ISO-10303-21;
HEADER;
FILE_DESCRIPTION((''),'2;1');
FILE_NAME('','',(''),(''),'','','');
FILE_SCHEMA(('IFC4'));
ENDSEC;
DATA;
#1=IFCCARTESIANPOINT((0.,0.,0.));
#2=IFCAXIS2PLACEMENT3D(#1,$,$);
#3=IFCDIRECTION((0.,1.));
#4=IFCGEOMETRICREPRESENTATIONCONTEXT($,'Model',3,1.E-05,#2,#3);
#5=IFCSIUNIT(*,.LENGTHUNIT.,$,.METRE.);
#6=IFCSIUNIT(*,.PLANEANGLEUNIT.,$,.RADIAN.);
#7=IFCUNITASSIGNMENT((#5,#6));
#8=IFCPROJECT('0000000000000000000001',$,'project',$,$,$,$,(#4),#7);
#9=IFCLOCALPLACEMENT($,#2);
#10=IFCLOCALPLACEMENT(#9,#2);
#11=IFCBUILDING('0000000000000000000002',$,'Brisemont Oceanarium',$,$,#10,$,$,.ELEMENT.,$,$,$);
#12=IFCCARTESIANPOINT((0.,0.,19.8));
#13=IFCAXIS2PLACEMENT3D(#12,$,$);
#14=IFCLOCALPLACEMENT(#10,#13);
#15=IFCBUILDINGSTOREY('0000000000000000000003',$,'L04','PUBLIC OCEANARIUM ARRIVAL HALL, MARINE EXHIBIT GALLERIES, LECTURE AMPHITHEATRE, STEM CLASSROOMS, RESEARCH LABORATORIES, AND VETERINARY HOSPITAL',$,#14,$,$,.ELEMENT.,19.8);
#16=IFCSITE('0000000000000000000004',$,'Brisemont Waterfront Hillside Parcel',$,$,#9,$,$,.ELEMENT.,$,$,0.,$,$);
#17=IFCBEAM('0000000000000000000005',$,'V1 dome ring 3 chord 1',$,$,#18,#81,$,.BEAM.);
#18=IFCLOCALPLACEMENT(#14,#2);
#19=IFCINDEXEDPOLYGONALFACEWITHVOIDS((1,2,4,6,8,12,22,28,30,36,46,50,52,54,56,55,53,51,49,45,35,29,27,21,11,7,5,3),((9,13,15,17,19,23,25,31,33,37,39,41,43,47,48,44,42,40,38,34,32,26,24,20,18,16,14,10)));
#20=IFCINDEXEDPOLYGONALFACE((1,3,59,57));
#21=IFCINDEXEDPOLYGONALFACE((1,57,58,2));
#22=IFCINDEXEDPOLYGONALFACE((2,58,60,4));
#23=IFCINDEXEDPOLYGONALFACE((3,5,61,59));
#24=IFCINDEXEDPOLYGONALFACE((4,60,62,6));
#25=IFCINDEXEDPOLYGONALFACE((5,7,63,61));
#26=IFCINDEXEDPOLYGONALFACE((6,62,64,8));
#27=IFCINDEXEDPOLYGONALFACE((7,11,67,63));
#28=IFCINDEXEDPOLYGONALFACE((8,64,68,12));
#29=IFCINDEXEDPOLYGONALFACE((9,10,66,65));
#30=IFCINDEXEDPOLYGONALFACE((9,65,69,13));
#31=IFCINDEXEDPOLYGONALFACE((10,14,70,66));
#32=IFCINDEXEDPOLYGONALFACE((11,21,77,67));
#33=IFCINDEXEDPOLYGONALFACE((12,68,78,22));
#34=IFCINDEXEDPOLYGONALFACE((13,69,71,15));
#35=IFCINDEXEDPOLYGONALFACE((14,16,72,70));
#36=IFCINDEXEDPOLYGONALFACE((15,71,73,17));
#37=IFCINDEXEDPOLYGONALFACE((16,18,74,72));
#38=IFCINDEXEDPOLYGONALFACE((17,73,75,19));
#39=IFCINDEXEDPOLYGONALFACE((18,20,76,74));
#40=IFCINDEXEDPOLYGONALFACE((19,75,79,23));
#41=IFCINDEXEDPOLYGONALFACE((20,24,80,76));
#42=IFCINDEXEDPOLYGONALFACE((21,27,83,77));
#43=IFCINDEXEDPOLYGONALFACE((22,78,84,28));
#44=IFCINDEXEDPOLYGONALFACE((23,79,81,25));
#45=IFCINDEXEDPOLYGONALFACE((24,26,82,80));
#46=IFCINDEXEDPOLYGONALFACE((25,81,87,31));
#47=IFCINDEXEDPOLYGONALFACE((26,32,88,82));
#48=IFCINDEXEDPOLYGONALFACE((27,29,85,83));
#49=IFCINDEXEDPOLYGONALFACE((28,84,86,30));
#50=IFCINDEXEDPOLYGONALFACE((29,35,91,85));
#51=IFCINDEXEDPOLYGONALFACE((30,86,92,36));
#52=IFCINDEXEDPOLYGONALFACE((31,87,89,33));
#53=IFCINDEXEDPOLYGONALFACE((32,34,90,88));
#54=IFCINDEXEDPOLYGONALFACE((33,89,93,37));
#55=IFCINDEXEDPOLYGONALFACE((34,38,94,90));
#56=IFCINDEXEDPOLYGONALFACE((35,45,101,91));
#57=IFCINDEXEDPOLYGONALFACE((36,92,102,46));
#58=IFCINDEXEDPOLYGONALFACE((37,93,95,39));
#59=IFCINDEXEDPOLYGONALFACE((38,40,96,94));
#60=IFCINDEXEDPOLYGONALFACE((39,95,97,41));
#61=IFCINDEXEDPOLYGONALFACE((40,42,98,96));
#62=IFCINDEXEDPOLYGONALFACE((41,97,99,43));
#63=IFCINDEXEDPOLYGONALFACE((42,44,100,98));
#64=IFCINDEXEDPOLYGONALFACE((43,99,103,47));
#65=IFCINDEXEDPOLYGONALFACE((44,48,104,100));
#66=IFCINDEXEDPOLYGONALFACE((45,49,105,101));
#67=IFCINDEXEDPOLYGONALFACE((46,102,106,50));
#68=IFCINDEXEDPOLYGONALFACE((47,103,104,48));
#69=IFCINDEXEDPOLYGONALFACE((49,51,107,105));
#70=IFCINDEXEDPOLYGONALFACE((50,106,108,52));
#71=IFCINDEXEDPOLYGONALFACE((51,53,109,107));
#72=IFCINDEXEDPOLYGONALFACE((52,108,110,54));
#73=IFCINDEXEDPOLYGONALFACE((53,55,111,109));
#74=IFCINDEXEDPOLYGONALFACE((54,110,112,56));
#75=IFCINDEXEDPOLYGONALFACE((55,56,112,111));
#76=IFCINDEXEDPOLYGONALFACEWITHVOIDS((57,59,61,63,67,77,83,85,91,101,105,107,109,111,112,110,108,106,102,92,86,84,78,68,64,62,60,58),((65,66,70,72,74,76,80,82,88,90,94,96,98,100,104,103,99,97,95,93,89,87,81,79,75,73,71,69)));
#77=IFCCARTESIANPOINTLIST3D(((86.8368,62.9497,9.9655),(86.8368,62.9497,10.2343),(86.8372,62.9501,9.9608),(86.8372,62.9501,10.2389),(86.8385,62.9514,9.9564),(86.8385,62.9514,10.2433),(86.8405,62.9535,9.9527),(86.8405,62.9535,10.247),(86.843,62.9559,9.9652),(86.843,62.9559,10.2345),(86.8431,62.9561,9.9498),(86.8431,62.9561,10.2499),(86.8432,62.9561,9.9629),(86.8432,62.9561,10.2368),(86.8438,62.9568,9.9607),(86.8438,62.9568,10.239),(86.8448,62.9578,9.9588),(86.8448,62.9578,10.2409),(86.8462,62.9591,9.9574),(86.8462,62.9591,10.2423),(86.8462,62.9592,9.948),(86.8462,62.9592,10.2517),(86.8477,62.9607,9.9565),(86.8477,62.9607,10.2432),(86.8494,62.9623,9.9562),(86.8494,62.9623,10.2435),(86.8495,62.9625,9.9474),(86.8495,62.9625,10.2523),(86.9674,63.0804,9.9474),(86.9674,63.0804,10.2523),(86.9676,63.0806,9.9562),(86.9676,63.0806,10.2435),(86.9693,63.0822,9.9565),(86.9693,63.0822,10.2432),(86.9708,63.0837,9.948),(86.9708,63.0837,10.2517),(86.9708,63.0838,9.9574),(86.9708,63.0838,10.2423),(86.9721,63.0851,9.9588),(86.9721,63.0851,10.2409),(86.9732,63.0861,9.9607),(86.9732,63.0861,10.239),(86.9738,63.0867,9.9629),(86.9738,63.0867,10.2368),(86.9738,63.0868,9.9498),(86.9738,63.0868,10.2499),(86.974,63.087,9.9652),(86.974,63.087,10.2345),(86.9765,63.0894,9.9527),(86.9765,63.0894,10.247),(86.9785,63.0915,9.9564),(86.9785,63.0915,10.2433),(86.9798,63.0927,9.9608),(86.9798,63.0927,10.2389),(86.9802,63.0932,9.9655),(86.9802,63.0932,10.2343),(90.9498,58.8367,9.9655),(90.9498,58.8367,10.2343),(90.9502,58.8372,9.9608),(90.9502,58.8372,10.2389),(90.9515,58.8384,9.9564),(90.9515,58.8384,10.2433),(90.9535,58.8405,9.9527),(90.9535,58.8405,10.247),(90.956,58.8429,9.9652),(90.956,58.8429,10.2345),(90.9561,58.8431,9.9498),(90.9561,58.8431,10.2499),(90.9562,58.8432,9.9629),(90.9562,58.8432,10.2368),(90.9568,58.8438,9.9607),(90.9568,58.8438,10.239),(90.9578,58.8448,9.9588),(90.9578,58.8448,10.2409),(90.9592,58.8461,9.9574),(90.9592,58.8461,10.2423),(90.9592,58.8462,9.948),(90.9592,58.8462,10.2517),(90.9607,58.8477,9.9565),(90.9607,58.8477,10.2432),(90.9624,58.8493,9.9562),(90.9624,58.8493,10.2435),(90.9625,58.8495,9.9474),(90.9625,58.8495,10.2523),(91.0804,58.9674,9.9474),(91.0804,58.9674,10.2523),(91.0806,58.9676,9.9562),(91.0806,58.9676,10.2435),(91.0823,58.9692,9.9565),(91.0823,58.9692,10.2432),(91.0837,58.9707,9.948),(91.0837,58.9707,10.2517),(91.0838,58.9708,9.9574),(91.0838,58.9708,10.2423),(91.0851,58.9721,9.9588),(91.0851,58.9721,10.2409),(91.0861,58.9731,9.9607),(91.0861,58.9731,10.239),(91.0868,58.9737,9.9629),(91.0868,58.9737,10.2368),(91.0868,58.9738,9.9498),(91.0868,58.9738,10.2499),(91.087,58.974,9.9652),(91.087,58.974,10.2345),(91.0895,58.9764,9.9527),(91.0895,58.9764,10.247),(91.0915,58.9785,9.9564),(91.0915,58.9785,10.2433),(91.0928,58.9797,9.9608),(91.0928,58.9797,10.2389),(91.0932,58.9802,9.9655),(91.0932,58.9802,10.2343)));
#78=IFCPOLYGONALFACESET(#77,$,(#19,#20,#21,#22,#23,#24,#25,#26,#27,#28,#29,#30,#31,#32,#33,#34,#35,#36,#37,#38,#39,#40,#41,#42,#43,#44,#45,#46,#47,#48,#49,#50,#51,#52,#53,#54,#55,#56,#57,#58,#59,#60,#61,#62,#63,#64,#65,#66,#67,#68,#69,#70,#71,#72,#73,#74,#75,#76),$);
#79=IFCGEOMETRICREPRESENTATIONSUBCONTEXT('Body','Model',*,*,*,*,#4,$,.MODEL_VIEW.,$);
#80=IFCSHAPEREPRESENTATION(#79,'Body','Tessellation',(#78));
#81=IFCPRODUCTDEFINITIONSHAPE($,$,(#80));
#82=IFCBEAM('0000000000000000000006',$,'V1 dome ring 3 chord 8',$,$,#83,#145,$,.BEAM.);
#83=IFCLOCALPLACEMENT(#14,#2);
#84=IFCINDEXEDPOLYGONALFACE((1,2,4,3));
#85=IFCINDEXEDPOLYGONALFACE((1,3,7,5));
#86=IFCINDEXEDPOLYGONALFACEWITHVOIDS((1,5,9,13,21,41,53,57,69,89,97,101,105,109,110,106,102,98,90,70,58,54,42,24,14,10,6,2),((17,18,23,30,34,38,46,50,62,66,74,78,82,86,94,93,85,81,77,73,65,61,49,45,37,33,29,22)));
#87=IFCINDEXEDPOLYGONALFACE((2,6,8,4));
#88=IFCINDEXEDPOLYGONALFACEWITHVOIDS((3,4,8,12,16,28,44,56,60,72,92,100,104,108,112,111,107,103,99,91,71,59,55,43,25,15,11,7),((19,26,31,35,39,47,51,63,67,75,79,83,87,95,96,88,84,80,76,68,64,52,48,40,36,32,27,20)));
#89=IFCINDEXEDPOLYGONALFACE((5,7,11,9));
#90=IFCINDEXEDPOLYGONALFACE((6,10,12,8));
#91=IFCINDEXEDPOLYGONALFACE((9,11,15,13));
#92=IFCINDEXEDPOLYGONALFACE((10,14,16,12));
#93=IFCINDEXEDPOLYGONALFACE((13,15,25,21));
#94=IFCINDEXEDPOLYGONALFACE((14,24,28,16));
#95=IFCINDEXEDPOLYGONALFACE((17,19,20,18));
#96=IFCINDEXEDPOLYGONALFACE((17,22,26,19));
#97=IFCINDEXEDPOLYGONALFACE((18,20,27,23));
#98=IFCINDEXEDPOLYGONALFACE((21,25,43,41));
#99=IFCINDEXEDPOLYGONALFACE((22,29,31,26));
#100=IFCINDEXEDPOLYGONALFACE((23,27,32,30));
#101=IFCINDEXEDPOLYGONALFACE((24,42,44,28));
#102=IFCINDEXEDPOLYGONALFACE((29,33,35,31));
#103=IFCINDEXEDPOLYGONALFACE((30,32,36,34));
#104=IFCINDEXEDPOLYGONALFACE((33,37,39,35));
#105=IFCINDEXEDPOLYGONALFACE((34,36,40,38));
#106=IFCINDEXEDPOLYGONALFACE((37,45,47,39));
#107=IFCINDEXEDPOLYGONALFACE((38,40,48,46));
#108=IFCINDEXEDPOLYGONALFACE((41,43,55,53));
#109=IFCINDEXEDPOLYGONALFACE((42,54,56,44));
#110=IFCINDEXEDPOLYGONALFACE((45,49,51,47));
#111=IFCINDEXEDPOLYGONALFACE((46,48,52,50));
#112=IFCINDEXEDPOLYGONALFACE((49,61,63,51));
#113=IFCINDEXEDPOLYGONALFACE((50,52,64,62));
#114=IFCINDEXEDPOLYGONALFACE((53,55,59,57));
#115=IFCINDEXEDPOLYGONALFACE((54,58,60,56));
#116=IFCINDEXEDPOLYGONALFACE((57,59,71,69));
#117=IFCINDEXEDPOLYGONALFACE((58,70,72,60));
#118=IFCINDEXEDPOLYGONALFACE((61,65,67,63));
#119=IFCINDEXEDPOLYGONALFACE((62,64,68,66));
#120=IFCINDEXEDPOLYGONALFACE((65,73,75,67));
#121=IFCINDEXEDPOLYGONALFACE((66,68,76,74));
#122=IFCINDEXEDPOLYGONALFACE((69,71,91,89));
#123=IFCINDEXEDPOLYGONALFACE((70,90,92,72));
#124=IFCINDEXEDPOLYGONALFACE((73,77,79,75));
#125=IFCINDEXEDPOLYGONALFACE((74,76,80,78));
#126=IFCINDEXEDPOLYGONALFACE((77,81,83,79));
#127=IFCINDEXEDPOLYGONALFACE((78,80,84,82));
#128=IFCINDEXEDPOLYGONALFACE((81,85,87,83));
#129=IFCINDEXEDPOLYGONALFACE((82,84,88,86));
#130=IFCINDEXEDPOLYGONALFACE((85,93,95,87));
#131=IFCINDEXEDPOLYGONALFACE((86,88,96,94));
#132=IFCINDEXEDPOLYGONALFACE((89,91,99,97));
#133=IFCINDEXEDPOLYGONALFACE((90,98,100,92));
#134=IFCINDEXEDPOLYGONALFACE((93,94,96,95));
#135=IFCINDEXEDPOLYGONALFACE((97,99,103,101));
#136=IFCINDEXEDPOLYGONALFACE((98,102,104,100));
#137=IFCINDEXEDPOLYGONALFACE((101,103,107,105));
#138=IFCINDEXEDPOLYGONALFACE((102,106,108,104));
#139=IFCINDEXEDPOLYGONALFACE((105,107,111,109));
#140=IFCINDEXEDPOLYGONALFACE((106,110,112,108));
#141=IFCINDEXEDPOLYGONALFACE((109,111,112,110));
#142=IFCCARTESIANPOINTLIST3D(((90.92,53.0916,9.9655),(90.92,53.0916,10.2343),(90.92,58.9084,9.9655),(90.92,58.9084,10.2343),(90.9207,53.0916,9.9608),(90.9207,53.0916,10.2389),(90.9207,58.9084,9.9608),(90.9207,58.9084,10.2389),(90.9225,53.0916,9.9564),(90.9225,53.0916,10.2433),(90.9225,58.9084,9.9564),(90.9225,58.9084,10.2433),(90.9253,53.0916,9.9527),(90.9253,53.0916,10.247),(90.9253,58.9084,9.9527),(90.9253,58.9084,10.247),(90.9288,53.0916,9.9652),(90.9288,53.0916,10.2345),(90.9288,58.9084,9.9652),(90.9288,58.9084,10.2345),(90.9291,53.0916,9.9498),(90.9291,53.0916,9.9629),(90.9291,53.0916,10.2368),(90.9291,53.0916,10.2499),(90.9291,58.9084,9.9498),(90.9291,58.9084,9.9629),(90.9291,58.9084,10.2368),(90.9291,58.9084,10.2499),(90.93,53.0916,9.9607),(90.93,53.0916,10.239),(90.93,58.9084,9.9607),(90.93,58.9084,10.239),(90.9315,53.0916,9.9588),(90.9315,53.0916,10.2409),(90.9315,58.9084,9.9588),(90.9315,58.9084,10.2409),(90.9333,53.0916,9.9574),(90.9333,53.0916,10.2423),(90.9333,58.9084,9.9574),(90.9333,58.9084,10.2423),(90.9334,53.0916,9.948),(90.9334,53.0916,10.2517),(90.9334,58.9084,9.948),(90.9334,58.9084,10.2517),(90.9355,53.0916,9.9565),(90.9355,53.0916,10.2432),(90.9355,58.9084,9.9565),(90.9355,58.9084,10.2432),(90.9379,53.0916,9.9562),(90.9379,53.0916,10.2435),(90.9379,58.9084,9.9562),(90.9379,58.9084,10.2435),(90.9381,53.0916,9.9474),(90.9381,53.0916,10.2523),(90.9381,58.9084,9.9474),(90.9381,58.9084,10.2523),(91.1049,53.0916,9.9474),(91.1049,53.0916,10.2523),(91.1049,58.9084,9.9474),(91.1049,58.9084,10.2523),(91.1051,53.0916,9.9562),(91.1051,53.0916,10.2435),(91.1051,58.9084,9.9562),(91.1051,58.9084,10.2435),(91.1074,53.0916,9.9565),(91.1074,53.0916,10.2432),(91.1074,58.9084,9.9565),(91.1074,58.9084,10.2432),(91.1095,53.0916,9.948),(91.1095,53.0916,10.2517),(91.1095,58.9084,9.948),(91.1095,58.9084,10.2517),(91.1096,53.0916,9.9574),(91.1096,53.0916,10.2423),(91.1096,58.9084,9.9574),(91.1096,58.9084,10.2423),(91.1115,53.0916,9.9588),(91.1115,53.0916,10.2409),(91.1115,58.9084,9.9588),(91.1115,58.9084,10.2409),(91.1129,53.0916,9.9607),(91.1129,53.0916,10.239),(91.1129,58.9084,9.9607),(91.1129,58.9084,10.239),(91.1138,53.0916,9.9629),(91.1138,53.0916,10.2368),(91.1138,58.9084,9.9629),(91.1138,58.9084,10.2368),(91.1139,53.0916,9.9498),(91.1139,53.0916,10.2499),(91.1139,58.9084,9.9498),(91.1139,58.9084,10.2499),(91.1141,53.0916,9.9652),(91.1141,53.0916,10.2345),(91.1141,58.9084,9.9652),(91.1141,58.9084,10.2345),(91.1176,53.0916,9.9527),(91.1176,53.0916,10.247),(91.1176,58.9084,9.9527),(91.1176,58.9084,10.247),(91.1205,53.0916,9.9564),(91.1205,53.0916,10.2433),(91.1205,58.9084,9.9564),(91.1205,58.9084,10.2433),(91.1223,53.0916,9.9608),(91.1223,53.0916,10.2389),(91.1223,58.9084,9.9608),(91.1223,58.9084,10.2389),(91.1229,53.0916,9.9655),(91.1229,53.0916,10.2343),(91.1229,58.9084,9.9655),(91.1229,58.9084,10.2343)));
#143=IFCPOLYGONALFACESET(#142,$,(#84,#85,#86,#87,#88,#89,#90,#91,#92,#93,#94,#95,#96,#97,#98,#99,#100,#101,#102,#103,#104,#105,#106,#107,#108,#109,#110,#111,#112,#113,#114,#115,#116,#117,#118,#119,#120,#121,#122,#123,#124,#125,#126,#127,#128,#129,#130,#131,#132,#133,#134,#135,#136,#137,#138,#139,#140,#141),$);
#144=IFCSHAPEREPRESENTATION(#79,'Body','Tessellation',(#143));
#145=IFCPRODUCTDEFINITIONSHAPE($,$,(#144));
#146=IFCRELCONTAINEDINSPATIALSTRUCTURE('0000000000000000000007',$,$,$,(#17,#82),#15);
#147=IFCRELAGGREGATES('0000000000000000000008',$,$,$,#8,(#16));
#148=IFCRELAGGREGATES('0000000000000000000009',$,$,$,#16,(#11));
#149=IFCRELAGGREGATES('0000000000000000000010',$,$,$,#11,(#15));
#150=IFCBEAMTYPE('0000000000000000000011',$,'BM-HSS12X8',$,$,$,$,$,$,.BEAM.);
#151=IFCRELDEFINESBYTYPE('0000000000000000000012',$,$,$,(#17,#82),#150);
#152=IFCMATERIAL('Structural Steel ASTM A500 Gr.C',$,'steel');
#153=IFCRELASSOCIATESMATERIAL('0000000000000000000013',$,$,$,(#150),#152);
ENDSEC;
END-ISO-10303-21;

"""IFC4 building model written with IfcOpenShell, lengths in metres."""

from ifc_helpers import new_model, si_unit, direction, frame, origin, origin_2d, place, context, subcontext, project, spatial, hollow_rectangle, extrude, material, material_profile, profile_set, type_object, element, save


model = new_model("IFC4")

# Units and contexts
model_context = context("Model", 3, precision=1e-05, world=origin(), true_north=direction((0.0, 1.0)))
body_context = subcontext(model_context, "Body", "Model", "MODEL_VIEW")
ifc_project = project(units=[si_unit("LENGTHUNIT", "METRE"), si_unit("PLANEANGLEUNIT", "RADIAN")], contexts=[model_context])

# Site, building, storey
site_placement = place(None, origin())
site = spatial("IfcSite", under=ifc_project, at=site_placement, Name="Brisemont Waterfront Hillside Parcel", CompositionType="ELEMENT", RefElevation=0.0)
building_placement = place(site_placement, origin())
building = spatial("IfcBuilding", under=site, at=building_placement, Name="Brisemont Oceanarium", CompositionType="ELEMENT")
storey_placement = place(building_placement, frame((0.0, 0.0, 19.8)))
storey = spatial("IfcBuildingStorey", under=building, at=storey_placement, Name="L04", Description="PUBLIC OCEANARIUM ARRIVAL HALL, MARINE EXHIBIT GALLERIES, LECTURE AMPHITHEATRE, STEM CLASSROOMS, RESEARCH LABORATORIES, AND VETERINARY HOSPITAL", CompositionType="ELEMENT", Elevation=19.8)

# Beams
ifc_material_1 = material(Name="Structural Steel ASTM A500 Gr.C", Category="steel")
ifc_material_profile_1 = material_profile(ifc_material_1, hollow_rectangle(XDim=0.2029, YDim=0.3049, WallThickness=0.0088, InnerFilletRadius=0.009, OuterFilletRadius=0.0181, at=origin_2d()), Name="HSS12X8X3/8")
ifc_profile_set_1 = profile_set([ifc_material_profile_1], Name="Structural Steel ASTM A500 Gr.C")
beam_type_1 = type_object("IfcBeamType", Name="BM-HSS12X8", PredefinedType="BEAM", material=ifc_profile_set_1)
beam_1_placement = place(storey_placement, frame((91.0215, 58.9084, 10.0999), z_axis=(-0.707107, 0.707107, 0.0), x_axis=(-0.707107, -0.707107, 0.0)))
element("IfcBeam", 1, at=beam_1_placement, inside=storey, type_object=beam_type_1, Name="V1 dome ring 3 chord 1", PredefinedType="BEAM", context=body_context, shape_type="SweptSolid", body=[
    extrude(hollow_rectangle(XDim=0.2029, YDim=0.3049, WallThickness=0.0088, InnerFilletRadius=0.009, OuterFilletRadius=0.0181, at=origin_2d()), origin(), (0.0, 0.0, 1.0), 5.8167),
])
beam_2_placement = place(storey_placement, frame((91.0215, 53.0916, 10.0999), z_axis=(0.0, 1.0, 0.0), x_axis=(-1.0, 0.0, 0.0)))
element("IfcBeam", 2, at=beam_2_placement, inside=storey, type_object=beam_type_1, Name="V1 dome ring 3 chord 8", PredefinedType="BEAM", context=body_context, shape_type="SweptSolid", body=[
    extrude(hollow_rectangle(XDim=0.2029, YDim=0.3049, WallThickness=0.0088, InnerFilletRadius=0.009, OuterFilletRadius=0.0181, at=origin_2d()), origin(), (0.0, 0.0, 1.0), 5.8169),
])

save(model, "model.ifc")
